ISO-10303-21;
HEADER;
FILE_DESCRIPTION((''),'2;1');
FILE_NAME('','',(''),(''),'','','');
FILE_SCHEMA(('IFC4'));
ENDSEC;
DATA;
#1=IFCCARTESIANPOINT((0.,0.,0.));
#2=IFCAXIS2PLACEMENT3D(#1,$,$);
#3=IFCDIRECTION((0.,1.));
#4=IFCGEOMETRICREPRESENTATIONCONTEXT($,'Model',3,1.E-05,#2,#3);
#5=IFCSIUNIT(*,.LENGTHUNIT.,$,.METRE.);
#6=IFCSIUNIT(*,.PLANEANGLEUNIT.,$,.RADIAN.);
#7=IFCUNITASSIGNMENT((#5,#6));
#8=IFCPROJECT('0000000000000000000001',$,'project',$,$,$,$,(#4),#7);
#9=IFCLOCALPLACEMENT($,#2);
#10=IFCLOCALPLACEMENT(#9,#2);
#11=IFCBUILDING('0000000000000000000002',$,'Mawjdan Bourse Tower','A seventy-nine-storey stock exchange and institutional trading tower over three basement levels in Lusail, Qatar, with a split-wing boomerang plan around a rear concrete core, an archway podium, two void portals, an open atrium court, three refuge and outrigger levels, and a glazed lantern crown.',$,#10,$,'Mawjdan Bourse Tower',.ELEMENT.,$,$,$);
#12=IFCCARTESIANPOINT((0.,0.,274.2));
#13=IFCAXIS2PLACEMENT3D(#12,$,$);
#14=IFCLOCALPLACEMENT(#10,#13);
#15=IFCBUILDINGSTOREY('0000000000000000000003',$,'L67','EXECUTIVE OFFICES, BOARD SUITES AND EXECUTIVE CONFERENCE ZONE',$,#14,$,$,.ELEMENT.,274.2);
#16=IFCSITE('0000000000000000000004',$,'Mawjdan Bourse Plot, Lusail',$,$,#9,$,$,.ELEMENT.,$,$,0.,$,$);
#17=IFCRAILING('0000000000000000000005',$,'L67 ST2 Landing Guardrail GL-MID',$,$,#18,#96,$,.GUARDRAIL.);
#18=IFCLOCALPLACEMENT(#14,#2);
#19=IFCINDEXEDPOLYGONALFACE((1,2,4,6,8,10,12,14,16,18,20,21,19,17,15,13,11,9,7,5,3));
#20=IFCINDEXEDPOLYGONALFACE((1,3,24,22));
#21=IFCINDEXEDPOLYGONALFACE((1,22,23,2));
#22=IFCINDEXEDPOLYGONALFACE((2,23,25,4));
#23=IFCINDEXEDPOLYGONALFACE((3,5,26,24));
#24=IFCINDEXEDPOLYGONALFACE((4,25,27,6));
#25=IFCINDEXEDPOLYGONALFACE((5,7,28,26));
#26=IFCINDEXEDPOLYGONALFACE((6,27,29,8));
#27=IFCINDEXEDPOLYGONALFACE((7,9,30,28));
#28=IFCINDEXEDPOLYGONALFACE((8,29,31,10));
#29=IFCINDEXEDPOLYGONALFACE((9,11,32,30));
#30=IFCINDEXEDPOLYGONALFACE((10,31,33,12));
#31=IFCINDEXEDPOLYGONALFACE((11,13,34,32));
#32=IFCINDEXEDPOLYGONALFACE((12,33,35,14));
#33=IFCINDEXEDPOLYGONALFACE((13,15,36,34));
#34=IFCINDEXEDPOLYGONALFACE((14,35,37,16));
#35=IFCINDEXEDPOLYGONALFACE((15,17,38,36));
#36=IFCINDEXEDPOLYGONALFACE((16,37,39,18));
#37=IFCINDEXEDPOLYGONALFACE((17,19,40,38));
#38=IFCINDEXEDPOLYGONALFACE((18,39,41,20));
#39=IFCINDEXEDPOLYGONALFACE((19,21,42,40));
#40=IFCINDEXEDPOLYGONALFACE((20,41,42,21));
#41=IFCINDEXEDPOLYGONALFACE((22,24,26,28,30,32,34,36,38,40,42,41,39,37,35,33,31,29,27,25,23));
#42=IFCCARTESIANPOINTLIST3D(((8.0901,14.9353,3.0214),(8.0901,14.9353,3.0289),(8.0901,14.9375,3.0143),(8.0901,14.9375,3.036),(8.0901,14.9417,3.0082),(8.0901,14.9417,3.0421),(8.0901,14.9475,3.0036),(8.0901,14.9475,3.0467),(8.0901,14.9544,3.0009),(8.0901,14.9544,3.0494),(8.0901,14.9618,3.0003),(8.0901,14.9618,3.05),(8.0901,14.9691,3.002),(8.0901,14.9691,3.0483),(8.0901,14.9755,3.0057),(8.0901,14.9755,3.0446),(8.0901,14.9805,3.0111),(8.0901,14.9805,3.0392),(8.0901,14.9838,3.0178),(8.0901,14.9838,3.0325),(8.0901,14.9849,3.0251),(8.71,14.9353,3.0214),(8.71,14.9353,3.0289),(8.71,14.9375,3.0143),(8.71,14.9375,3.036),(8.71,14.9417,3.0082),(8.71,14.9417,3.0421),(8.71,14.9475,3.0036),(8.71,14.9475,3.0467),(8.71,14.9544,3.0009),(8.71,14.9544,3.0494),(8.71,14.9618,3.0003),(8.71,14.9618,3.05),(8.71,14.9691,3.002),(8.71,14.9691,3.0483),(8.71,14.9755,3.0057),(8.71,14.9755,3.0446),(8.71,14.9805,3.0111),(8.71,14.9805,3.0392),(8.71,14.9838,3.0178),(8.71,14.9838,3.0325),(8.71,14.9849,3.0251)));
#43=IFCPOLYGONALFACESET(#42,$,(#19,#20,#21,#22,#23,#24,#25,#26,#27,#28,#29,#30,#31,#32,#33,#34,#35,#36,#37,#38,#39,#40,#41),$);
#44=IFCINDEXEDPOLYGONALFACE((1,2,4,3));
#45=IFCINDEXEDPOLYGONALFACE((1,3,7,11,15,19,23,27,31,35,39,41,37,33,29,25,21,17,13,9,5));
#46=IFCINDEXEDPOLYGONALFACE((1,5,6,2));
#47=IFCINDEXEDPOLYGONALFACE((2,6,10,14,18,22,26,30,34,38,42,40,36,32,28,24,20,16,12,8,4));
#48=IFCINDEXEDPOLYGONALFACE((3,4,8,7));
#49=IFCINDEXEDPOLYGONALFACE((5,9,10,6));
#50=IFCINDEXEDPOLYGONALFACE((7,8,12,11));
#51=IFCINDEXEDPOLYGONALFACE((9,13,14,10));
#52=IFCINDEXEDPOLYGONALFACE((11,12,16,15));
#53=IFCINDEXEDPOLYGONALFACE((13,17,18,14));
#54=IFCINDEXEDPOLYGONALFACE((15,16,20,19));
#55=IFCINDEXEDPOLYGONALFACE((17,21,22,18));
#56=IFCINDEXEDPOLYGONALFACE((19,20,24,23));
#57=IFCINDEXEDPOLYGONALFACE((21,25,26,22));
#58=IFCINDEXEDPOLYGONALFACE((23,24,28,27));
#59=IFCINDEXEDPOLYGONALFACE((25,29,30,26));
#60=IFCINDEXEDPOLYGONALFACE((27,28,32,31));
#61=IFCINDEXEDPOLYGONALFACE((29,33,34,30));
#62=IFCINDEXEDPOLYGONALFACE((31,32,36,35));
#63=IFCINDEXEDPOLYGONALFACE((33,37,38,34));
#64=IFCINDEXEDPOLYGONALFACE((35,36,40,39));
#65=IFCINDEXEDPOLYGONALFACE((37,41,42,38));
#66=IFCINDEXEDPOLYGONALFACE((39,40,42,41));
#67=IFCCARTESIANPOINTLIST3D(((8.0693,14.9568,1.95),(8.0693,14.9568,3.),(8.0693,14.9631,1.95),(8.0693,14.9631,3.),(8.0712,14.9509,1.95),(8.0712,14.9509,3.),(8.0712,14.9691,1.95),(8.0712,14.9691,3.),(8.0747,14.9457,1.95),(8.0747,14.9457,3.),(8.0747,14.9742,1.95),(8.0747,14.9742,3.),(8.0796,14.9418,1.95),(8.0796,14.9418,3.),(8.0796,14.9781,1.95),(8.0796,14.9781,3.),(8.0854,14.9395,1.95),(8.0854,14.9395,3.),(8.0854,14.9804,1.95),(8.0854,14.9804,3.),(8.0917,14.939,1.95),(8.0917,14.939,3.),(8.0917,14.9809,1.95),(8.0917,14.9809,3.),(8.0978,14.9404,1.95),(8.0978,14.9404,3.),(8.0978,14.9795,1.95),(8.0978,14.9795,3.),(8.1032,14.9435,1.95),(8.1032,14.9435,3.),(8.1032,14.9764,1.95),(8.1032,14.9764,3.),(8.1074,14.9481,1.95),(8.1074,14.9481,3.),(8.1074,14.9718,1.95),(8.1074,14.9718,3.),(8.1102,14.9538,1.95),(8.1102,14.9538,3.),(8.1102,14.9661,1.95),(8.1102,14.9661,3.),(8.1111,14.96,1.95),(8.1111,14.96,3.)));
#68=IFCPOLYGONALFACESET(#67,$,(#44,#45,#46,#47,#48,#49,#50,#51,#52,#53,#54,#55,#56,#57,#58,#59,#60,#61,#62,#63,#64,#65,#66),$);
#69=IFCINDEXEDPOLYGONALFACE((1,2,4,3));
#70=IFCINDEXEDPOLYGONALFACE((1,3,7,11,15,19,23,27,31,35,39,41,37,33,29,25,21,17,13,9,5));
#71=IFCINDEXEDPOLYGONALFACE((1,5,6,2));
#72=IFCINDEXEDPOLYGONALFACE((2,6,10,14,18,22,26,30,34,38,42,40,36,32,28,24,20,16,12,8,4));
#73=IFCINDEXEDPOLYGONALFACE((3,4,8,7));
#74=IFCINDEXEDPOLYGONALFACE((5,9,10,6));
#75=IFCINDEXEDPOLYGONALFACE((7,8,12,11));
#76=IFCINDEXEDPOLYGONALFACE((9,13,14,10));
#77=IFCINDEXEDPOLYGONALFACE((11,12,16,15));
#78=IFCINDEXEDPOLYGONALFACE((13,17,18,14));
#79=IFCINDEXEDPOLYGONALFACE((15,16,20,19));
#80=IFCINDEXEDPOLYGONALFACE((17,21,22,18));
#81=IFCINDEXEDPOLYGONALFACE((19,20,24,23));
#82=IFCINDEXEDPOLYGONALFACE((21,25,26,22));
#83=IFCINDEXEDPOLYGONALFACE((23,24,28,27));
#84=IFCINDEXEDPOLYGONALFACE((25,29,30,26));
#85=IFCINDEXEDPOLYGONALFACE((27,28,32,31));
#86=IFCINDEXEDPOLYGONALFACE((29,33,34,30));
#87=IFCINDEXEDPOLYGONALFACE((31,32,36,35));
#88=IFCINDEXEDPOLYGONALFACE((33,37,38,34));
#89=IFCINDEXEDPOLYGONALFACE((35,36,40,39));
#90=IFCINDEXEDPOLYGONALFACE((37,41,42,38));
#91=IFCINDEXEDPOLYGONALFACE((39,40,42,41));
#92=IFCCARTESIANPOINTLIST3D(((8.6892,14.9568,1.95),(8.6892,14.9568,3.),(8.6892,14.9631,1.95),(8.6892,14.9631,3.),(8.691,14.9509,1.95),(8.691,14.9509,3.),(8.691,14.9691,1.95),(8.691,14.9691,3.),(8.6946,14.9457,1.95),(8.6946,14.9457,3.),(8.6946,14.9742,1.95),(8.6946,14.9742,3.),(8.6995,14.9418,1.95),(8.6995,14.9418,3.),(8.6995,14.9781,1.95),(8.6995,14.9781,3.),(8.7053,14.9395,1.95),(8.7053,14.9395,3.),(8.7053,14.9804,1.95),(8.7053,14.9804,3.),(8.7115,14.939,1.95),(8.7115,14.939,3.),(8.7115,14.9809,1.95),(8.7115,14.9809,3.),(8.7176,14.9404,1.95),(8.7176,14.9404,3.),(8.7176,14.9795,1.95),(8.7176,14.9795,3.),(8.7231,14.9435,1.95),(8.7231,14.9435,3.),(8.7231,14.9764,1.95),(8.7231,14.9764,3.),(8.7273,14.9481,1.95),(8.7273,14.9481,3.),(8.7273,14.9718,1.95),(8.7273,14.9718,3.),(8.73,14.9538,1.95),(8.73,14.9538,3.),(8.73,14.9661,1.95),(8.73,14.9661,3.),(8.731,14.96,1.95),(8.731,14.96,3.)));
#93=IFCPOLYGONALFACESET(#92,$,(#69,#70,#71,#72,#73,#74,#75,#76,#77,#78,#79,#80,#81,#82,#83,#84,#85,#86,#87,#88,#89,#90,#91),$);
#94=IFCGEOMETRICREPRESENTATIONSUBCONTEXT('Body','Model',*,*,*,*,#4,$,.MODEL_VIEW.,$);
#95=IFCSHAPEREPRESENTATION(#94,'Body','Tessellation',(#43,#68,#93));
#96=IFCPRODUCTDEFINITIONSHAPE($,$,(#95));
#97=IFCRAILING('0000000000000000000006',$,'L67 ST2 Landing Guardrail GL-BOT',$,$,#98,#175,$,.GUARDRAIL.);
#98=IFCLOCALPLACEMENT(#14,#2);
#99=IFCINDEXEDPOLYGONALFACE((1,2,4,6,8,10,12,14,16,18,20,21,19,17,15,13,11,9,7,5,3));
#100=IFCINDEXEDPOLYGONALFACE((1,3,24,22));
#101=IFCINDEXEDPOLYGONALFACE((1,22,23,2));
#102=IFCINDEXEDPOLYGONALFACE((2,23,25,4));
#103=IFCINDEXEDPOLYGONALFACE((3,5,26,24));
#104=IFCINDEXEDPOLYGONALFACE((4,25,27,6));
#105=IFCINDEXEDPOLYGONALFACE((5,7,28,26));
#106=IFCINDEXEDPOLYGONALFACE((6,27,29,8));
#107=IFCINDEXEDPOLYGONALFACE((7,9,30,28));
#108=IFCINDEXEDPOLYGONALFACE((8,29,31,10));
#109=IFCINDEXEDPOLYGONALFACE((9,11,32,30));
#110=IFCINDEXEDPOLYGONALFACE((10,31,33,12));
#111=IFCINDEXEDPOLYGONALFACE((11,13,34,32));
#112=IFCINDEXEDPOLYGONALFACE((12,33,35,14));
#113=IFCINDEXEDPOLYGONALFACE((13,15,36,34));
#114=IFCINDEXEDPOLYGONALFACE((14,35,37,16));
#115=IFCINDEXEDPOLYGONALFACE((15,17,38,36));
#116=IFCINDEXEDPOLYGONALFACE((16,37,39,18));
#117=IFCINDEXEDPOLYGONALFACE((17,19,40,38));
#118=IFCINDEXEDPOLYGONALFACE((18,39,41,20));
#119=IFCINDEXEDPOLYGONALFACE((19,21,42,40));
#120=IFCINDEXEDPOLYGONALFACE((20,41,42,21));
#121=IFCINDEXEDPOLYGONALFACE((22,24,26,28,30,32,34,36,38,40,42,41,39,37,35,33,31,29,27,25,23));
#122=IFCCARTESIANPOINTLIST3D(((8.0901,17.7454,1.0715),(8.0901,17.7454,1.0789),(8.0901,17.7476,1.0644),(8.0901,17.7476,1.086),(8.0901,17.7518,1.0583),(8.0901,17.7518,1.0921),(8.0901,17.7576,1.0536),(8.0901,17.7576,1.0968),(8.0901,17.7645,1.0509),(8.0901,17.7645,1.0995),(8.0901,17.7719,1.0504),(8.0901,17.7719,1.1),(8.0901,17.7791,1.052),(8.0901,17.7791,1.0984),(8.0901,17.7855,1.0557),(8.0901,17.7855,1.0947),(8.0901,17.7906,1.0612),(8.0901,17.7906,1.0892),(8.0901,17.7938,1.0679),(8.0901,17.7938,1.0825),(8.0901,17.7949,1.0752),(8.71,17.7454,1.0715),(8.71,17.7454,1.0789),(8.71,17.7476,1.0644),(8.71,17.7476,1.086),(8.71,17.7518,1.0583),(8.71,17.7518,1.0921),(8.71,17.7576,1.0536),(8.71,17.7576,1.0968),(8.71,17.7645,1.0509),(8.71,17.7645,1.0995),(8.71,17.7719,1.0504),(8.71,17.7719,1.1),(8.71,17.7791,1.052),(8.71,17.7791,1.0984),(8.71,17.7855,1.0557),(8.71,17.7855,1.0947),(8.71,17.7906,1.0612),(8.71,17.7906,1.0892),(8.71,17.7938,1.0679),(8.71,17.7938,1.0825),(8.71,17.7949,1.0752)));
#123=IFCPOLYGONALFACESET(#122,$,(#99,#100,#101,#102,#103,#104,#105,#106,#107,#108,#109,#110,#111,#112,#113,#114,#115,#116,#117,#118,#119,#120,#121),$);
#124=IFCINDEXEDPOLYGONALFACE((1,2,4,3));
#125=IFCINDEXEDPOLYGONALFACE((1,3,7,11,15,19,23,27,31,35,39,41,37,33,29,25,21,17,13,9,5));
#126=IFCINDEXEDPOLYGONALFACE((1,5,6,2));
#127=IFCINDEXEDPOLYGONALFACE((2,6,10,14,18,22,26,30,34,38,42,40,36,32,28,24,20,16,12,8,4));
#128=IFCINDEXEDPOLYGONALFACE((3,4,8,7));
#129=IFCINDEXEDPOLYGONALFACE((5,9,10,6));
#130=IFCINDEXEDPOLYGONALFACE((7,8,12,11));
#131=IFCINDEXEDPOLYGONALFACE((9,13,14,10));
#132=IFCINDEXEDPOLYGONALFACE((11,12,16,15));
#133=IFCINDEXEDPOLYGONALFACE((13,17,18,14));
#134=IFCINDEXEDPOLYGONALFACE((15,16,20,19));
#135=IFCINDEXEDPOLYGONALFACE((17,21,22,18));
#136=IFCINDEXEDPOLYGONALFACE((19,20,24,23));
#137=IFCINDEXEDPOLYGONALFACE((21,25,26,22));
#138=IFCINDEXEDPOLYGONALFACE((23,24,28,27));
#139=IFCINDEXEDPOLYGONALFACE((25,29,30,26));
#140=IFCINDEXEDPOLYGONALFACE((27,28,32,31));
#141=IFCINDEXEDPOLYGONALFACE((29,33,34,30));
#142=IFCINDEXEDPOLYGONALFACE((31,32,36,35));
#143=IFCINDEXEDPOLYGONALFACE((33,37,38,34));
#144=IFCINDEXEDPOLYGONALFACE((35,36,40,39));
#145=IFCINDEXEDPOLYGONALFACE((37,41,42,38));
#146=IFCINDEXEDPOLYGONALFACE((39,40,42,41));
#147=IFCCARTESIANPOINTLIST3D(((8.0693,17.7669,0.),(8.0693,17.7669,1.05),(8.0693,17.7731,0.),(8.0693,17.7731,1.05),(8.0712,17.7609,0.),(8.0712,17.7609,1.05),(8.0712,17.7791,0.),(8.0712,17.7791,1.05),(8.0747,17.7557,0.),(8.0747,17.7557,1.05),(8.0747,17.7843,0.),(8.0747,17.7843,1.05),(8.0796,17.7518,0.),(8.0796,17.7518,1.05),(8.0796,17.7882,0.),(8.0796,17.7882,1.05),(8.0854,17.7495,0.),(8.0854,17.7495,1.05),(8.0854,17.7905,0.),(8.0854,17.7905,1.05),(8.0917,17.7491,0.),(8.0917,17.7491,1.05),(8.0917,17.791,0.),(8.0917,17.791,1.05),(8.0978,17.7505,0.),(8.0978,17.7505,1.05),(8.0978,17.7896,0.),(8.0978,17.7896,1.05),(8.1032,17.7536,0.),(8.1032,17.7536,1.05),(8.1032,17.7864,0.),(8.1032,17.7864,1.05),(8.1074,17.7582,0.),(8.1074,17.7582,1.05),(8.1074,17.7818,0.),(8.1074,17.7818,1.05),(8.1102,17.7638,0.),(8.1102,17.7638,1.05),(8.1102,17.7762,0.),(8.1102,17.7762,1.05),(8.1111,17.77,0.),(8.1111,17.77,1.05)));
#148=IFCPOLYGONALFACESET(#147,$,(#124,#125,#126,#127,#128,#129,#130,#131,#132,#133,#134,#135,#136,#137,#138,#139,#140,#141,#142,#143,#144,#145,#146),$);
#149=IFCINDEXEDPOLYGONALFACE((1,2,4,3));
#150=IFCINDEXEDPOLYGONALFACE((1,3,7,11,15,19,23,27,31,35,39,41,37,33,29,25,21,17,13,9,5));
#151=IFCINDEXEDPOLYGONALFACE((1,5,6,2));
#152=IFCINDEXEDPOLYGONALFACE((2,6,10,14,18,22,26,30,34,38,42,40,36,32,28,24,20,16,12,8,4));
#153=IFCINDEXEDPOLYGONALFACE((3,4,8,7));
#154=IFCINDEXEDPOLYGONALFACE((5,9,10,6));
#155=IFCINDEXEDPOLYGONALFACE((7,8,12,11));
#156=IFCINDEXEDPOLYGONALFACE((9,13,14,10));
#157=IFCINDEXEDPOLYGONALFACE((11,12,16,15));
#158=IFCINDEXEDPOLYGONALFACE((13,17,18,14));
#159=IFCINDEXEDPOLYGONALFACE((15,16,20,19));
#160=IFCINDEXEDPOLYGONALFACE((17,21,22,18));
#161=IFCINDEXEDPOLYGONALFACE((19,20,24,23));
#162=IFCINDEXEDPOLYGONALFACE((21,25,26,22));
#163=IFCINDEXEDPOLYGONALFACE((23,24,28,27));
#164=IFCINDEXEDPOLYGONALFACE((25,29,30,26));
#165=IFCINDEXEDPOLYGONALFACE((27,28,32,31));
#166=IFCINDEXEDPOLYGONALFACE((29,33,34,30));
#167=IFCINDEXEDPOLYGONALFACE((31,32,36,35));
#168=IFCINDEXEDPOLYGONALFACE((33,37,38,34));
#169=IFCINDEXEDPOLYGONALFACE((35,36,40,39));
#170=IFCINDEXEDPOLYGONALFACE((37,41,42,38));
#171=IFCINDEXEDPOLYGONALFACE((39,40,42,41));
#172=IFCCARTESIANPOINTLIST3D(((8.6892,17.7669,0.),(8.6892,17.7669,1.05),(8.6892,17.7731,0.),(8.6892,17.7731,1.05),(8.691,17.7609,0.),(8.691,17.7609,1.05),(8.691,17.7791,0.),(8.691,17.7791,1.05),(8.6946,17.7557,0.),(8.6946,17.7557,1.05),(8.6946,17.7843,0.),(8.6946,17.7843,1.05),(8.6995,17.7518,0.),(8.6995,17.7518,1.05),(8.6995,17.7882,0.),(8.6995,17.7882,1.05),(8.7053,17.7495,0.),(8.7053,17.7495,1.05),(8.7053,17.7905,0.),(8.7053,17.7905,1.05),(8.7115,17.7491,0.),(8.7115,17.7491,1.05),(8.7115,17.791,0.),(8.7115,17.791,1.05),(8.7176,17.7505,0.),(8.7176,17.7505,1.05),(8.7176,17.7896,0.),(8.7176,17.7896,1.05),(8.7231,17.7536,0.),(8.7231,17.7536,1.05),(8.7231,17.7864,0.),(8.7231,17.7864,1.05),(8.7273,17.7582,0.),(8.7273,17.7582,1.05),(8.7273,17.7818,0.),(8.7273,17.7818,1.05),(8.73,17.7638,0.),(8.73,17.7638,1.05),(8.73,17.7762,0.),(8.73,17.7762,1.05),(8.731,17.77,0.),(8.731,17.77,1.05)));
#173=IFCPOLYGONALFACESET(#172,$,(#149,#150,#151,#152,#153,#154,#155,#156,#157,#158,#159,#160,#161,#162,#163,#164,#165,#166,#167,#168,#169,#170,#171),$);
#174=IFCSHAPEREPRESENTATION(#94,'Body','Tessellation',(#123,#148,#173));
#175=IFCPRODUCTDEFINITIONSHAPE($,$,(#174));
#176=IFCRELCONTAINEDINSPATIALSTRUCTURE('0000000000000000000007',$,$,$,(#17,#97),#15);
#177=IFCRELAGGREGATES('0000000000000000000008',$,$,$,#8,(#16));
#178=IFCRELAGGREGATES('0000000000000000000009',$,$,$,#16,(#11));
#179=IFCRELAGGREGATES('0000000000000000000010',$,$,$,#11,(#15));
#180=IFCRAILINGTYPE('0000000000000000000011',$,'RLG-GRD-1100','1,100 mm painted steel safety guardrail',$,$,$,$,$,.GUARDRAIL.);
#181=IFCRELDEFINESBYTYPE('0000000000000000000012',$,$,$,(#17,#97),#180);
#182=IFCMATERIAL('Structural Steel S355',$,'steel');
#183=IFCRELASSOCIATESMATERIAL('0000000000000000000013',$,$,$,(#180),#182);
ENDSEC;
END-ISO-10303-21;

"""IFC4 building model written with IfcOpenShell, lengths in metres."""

from ifc_helpers import new_model, si_unit, direction, frame, origin, origin_2d, place, context, subcontext, project, spatial, circle, extrude, material, type_object, element, save


model = new_model("IFC4")

# Units and contexts
model_context = context("Model", 3, precision=1e-05, world=origin(), true_north=direction((0.0, 1.0)))
body_context = subcontext(model_context, "Body", "Model", "MODEL_VIEW")
ifc_project = project(units=[si_unit("LENGTHUNIT", "METRE"), si_unit("PLANEANGLEUNIT", "RADIAN")], contexts=[model_context])

# Site, building, storey
site_placement = place(None, origin())
site = spatial("IfcSite", under=ifc_project, at=site_placement, Name="Mawjdan Bourse Plot, Lusail", CompositionType="ELEMENT", RefElevation=0.0)
building_placement = place(site_placement, origin())
building = spatial("IfcBuilding", under=site, at=building_placement, Name="Mawjdan Bourse Tower", Description="A seventy-nine-storey stock exchange and institutional trading tower over three basement levels in Lusail, Qatar, with a split-wing boomerang plan around a rear concrete core, an archway podium, two void portals, an open atrium court, three refuge and outrigger levels, and a glazed lantern crown.", LongName="Mawjdan Bourse Tower", CompositionType="ELEMENT")
storey_placement = place(building_placement, frame((0.0, 0.0, 274.2)))
storey = spatial("IfcBuildingStorey", under=building, at=storey_placement, Name="L67", Description="EXECUTIVE OFFICES, BOARD SUITES AND EXECUTIVE CONFERENCE ZONE", CompositionType="ELEMENT", Elevation=274.2)

# Railings
ifc_material_1 = material(Name="Structural Steel S355", Category="steel")
railing_type_1 = type_object("IfcRailingType", Name="RLG-GRD-1100", Description="1,100 mm painted steel safety guardrail", PredefinedType="GUARDRAIL", material=ifc_material_1)
for number, where, name in (
    (1, (8.0901, 14.96, 1.95), "L67 ST2 Landing Guardrail GL-MID"),
    (2, (8.0901, 17.77, 0.0), "L67 ST2 Landing Guardrail GL-BOT"),
):
    element("IfcRailing", number, at=place(storey_placement, frame(where)), inside=storey, type_object=railing_type_1, Name=name, PredefinedType="GUARDRAIL", context=body_context, shape_type="SweptSolid", body=[
        extrude(circle(Radius=0.0249, at=origin_2d()), frame((0.0, 0.0, 1.0752), z_axis=(1.0, 0.0, 0.0), x_axis=(0.0, 1.0, 0.0)), (0.0, 0.0, 1.0), 0.6199),
        extrude(circle(Radius=0.021, at=origin_2d()), origin(), (0.0, 0.0, 1.0), 1.05),
        extrude(circle(Radius=0.021, at=origin_2d()), frame((0.6199, 0.0, 0.0)), (0.0, 0.0, 1.0), 1.05),
    ])

save(model, "model.ifc")
